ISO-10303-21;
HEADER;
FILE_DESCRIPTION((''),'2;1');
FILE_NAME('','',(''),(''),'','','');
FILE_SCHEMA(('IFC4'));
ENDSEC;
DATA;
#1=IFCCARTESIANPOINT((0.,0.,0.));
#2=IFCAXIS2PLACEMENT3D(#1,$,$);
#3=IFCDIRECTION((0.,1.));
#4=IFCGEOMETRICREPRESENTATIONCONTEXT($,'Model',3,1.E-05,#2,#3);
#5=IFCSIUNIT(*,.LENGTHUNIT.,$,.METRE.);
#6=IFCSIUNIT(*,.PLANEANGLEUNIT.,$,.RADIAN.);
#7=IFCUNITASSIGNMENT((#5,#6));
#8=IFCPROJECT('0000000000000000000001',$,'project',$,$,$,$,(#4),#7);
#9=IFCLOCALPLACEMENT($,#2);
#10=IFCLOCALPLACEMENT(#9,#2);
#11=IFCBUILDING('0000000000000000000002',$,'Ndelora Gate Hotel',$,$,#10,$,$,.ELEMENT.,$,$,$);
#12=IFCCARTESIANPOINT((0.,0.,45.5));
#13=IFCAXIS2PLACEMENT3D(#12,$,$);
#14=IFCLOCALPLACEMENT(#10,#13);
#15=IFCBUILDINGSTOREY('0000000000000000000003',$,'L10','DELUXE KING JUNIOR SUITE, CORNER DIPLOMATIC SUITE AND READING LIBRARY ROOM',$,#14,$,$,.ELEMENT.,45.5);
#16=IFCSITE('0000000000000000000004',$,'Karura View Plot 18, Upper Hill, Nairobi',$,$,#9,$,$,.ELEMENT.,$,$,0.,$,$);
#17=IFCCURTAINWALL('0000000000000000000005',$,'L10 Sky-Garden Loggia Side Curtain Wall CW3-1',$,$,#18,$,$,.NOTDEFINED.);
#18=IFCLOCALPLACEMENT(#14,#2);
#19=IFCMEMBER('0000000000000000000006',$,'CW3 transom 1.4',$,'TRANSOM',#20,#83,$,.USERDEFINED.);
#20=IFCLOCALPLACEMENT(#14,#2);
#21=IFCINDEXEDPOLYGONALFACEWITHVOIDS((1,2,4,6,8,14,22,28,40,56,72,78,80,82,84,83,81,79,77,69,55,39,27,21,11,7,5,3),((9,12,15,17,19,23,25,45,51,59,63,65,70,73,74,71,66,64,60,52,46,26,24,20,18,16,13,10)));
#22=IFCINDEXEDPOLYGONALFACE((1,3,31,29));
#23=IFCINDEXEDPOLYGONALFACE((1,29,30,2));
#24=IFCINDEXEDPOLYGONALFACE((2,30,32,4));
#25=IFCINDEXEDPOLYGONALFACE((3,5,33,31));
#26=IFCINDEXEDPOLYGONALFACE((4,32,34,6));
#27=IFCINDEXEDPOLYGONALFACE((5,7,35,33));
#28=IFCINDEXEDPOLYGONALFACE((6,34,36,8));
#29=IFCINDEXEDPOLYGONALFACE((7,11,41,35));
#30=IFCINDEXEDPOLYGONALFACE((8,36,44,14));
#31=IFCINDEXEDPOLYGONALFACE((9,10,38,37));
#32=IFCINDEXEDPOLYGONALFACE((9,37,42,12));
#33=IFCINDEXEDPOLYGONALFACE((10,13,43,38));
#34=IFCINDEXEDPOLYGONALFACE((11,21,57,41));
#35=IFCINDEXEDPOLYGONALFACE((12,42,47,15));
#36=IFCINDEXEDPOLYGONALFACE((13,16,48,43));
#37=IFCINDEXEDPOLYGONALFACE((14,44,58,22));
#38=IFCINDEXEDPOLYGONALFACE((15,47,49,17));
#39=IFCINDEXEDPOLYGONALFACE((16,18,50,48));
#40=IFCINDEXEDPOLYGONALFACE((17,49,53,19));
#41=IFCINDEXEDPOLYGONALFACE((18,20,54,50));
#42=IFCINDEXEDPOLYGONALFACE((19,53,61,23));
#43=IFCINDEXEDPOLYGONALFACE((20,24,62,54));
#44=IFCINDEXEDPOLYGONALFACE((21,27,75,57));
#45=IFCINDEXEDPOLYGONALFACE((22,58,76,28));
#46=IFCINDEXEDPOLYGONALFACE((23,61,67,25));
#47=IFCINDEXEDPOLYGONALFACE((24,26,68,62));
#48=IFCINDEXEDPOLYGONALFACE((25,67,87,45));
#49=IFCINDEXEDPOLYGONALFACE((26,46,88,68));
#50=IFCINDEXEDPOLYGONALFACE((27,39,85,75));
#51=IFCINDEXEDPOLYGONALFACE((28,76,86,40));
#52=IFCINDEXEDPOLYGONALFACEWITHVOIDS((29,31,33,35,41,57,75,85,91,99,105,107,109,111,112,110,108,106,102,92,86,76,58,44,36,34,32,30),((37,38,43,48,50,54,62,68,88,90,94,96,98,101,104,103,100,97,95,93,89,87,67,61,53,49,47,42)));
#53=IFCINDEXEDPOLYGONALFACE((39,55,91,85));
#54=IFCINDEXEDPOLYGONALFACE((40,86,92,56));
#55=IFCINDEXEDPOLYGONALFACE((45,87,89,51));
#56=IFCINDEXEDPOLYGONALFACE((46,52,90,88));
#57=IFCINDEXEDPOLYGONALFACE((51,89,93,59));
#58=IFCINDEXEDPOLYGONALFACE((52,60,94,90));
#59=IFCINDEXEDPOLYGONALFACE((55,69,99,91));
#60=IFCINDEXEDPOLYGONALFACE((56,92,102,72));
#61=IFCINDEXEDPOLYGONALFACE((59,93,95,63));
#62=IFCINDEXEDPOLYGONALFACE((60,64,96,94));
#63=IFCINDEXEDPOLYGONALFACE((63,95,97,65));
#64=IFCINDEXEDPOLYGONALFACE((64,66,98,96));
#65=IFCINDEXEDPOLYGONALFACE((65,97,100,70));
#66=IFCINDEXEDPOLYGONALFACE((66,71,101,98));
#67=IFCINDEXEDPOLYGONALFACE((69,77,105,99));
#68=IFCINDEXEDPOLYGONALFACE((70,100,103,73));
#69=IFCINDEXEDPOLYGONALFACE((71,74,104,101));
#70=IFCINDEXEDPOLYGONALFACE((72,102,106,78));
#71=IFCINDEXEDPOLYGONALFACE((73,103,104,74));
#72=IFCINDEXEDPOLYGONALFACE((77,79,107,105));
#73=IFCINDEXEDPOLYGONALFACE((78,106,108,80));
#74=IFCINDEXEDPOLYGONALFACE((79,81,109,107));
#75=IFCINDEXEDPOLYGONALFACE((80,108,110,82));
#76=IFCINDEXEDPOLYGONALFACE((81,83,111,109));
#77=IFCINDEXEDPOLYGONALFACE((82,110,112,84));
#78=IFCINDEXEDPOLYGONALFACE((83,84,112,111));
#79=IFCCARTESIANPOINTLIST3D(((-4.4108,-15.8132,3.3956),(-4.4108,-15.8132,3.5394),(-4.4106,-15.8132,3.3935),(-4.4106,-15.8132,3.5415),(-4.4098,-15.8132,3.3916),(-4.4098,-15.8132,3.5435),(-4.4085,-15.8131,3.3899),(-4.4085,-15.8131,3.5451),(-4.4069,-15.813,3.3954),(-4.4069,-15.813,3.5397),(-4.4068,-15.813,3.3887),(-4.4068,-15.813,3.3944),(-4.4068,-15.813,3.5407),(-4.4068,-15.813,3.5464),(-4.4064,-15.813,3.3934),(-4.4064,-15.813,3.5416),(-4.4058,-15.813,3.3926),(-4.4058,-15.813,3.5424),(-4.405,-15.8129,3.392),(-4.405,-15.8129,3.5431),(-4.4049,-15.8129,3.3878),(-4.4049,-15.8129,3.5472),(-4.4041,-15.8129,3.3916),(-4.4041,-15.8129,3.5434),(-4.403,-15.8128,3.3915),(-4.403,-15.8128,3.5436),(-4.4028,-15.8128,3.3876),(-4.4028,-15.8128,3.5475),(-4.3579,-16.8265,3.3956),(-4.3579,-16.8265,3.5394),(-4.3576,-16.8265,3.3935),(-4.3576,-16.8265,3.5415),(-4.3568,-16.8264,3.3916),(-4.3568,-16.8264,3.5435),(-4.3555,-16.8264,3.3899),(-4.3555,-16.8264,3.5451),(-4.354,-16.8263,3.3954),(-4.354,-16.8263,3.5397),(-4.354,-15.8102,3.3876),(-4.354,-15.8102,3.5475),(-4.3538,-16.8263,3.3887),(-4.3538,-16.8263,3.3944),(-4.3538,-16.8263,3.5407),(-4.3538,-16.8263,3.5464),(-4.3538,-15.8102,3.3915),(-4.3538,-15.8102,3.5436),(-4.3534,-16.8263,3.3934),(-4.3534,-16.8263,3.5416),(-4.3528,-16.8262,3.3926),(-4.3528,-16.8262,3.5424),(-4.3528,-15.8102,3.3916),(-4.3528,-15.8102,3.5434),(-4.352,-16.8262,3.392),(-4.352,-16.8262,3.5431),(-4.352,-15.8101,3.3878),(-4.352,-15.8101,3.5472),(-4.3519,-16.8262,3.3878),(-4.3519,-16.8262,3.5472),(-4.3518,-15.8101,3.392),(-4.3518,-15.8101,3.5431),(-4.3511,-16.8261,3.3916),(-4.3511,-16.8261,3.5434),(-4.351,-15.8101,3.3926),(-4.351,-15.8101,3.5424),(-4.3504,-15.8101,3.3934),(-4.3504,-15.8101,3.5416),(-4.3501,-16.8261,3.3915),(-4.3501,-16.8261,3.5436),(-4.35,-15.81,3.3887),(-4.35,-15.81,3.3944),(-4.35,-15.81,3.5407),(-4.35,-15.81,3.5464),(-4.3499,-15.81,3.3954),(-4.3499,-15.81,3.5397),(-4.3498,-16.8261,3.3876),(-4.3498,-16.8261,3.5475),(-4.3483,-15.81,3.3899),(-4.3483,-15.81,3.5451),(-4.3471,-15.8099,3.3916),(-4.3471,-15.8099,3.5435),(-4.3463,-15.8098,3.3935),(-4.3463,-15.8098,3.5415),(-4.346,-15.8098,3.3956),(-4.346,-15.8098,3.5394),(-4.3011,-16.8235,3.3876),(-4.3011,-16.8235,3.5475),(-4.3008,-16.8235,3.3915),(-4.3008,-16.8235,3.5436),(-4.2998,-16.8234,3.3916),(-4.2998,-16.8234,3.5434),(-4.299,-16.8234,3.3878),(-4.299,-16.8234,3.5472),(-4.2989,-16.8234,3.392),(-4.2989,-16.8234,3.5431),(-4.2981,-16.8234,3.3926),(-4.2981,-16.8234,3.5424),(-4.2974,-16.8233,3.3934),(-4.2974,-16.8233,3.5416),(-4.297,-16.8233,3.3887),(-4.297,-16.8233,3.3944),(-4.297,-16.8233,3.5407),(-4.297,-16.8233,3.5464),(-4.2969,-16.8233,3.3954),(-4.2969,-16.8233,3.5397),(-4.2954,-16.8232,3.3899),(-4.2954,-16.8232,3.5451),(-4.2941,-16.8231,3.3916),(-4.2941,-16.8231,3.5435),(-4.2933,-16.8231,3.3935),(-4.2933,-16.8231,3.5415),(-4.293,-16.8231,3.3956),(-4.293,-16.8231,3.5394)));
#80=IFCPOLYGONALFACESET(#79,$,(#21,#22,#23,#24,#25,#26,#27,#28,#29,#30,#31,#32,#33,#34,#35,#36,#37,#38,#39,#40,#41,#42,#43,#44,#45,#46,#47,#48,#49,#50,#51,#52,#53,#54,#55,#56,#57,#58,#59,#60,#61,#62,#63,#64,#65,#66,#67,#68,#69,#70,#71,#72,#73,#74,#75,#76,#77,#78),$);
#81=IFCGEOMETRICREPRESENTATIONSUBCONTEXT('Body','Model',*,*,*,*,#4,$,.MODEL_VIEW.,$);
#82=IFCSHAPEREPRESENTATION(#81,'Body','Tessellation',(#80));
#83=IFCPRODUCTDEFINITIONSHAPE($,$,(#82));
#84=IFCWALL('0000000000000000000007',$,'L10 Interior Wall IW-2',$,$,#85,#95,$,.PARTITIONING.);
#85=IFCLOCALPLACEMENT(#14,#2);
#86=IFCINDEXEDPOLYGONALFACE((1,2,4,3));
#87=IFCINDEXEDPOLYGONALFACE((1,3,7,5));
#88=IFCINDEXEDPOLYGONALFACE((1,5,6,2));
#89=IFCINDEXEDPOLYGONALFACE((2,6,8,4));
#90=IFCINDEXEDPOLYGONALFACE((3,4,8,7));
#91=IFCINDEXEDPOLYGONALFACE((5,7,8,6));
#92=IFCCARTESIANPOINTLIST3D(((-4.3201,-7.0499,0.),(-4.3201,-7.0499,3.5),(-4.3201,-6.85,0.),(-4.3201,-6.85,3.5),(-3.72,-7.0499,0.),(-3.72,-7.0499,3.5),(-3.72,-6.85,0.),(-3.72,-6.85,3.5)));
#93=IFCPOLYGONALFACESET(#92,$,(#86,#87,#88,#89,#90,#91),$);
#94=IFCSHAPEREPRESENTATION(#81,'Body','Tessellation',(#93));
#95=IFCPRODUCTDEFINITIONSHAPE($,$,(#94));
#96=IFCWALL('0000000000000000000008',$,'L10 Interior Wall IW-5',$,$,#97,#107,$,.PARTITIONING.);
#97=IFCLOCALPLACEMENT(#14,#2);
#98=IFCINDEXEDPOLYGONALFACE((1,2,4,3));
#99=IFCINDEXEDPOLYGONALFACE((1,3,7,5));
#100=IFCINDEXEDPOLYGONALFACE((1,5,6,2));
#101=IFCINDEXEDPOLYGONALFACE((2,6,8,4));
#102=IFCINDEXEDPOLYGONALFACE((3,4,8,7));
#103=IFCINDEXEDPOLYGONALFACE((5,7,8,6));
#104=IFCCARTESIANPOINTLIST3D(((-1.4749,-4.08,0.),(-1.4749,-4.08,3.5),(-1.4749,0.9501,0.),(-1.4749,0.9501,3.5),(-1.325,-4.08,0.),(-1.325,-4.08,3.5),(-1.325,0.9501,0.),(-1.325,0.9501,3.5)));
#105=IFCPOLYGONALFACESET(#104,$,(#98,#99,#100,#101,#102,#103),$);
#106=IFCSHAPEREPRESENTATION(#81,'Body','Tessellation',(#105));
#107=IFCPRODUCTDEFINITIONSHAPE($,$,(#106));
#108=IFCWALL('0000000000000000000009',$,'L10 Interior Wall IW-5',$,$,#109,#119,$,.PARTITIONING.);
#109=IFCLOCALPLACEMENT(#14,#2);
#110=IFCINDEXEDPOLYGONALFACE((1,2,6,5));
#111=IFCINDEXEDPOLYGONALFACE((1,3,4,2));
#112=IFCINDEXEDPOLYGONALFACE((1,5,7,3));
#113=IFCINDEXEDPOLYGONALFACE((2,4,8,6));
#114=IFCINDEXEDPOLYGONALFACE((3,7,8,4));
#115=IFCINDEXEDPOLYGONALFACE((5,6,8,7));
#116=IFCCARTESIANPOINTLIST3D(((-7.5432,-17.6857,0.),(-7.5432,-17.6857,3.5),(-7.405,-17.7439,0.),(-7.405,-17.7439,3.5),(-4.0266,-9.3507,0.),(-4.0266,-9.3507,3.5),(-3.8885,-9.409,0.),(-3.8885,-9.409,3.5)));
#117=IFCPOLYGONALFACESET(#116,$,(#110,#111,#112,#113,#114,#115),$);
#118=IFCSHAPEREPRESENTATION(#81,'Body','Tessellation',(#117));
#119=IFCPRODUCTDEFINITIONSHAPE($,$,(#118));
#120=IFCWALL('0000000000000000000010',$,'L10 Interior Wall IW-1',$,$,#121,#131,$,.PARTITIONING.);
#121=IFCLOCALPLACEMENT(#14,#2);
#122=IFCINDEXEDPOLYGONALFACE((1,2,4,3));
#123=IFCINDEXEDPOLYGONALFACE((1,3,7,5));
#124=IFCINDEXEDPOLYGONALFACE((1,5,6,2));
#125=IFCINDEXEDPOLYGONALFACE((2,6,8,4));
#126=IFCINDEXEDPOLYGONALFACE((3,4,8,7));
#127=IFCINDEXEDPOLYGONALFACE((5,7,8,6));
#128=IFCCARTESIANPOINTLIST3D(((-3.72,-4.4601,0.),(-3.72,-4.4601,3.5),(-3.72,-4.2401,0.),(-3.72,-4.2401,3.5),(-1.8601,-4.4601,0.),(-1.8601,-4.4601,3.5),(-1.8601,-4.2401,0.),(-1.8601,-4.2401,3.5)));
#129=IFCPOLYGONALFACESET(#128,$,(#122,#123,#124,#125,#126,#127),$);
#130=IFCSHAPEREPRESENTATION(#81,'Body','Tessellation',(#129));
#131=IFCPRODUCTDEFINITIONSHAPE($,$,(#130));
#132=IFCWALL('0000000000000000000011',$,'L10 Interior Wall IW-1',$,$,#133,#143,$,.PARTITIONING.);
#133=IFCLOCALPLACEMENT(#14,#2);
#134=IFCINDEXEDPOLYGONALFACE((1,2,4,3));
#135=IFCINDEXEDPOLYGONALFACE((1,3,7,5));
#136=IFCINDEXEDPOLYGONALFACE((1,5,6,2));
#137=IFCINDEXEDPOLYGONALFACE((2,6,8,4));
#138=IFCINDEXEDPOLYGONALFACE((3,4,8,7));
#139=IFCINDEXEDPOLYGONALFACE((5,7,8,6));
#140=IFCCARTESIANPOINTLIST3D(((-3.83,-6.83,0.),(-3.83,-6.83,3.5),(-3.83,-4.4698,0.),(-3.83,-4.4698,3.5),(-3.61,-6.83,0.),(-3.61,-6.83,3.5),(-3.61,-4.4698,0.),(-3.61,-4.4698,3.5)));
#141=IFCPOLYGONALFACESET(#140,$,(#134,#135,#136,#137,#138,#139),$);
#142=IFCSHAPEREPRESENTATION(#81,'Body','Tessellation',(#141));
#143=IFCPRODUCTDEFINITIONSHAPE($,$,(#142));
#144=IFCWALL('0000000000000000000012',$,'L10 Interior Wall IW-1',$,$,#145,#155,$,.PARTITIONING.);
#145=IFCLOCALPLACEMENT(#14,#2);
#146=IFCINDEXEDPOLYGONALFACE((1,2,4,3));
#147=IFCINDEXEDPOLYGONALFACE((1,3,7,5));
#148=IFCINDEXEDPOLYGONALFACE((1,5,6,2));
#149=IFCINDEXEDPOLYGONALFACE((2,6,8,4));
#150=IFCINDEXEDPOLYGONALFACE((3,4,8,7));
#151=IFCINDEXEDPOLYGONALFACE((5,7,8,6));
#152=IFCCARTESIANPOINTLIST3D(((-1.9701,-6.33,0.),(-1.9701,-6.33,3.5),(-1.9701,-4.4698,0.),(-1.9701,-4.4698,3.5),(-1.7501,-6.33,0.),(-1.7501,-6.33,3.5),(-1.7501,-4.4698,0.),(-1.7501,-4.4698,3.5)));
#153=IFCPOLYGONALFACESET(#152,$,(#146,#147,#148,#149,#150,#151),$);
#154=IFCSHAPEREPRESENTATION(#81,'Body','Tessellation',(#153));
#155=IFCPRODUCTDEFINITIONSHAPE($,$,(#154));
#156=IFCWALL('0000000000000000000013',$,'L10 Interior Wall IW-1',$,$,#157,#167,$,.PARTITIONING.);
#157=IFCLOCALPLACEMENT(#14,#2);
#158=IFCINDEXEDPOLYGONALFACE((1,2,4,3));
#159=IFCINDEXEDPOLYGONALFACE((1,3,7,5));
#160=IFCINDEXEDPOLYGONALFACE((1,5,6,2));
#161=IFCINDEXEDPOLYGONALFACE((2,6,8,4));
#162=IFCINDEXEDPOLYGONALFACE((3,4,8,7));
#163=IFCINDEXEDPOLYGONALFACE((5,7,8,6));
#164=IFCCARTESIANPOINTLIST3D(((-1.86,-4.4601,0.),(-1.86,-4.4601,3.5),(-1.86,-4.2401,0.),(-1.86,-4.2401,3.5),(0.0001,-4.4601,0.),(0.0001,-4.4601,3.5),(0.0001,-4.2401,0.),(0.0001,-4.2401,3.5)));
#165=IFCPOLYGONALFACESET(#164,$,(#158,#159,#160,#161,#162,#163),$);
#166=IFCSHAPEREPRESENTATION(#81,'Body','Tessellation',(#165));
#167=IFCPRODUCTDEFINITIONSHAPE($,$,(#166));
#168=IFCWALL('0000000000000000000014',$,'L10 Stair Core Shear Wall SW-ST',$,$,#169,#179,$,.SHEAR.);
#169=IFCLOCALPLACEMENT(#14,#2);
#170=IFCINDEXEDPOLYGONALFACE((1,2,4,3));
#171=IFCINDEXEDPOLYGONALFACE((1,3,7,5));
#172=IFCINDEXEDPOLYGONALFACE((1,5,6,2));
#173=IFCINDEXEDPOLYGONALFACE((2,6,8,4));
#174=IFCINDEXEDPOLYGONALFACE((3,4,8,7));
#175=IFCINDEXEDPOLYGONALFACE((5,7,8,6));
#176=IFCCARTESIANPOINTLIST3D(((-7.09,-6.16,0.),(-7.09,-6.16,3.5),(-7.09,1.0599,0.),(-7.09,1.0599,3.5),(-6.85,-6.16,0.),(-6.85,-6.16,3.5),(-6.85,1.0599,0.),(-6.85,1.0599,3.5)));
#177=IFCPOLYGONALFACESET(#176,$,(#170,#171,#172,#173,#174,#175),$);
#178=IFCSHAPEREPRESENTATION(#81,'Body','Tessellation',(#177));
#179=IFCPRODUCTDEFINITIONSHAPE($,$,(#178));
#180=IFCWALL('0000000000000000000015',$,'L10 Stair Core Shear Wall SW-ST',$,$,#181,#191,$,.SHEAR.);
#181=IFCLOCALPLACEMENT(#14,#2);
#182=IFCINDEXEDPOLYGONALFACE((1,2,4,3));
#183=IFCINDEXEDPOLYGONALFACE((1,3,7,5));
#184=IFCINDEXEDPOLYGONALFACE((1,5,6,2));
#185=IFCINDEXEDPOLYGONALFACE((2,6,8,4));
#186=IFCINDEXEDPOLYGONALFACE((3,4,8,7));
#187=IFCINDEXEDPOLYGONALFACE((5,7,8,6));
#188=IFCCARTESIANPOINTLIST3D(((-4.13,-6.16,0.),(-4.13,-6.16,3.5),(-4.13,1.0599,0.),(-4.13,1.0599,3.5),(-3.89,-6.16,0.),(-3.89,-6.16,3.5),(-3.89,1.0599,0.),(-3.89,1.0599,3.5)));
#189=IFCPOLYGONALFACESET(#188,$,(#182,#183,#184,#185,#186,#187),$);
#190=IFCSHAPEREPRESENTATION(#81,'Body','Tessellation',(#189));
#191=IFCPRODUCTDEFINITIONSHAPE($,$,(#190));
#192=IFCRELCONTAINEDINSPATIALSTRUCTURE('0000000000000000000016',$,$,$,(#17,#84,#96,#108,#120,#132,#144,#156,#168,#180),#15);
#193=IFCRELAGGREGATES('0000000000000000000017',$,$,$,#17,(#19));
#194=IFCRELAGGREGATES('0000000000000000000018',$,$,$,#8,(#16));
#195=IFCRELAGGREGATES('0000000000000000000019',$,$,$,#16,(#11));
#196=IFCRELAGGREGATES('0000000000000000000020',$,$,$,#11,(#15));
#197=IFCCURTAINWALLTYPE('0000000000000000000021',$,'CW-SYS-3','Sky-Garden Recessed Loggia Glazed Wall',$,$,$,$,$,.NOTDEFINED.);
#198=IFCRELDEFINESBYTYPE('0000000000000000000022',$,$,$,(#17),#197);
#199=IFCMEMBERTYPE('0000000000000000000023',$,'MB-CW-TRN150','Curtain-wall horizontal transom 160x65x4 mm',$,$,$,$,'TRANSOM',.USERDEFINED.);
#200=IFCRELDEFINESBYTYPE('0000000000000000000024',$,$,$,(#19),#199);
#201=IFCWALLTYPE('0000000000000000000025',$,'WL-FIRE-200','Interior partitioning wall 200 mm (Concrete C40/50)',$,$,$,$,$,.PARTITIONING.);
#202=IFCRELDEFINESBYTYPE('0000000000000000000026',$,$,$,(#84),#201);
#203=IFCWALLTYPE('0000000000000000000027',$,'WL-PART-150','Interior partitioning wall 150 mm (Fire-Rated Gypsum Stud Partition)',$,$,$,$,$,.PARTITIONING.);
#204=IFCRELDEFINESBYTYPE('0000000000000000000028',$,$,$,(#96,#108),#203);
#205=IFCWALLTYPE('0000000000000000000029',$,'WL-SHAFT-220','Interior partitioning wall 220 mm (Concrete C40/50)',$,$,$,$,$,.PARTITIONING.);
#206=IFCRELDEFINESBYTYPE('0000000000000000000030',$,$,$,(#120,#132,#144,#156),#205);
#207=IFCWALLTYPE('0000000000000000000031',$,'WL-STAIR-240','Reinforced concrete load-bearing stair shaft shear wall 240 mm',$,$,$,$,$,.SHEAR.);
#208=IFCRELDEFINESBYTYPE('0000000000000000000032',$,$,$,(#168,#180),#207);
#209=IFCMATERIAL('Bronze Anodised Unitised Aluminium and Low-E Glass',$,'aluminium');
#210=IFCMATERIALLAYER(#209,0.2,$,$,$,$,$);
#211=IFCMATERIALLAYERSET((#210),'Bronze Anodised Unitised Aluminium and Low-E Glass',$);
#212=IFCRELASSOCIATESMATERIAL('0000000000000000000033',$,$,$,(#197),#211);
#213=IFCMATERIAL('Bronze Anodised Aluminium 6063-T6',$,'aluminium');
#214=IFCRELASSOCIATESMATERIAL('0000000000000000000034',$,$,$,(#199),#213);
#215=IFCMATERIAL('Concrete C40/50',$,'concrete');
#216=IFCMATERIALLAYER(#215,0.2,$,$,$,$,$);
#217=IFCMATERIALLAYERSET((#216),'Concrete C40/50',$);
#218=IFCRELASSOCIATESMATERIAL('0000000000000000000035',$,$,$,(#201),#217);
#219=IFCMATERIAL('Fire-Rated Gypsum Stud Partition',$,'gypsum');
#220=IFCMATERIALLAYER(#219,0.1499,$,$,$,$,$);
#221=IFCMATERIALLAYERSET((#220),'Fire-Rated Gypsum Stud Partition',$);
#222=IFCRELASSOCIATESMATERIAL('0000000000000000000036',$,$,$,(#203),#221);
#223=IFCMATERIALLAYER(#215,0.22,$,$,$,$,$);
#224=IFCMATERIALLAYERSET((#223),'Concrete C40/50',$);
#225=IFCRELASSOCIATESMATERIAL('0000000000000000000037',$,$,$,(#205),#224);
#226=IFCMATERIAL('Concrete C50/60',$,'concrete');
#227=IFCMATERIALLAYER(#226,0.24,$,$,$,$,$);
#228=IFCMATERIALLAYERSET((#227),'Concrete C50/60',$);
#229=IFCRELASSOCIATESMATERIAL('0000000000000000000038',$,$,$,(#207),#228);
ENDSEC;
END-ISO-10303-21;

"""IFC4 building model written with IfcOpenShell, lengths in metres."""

from ifc_helpers import new_model, si_unit, direction, frame, frame_2d, origin, origin_2d, place, context, subcontext, project, spatial, rectangle, hollow_rectangle, extrude, material, layer, layer_set, material_profile, profile_set, type_object, element, aggregate, save


model = new_model("IFC4")

# Units and contexts
model_context = context("Model", 3, precision=1e-05, world=origin(), true_north=direction((0.0, 1.0)))
body_context = subcontext(model_context, "Body", "Model", "MODEL_VIEW")
ifc_project = project(units=[si_unit("LENGTHUNIT", "METRE"), si_unit("PLANEANGLEUNIT", "RADIAN")], contexts=[model_context])

# Site, building, storey
site_placement = place(None, origin())
site = spatial("IfcSite", under=ifc_project, at=site_placement, Name="Karura View Plot 18, Upper Hill, Nairobi", CompositionType="ELEMENT", RefElevation=0.0)
building_placement = place(site_placement, origin())
building = spatial("IfcBuilding", under=site, at=building_placement, Name="Ndelora Gate Hotel", CompositionType="ELEMENT")
storey_placement = place(building_placement, frame((0.0, 0.0, 45.5)))
storey = spatial("IfcBuildingStorey", under=building, at=storey_placement, Name="L10", Description="DELUXE KING JUNIOR SUITE, CORNER DIPLOMATIC SUITE AND READING LIBRARY ROOM", CompositionType="ELEMENT", Elevation=45.5)

# Curtain wall, member
ifc_material_1 = material(Name="Bronze Anodised Unitised Aluminium and Low-E Glass", Category="aluminium")
ifc_layer_1 = layer(ifc_material_1, 0.2)
ifc_layer_set_1 = layer_set([ifc_layer_1], Name="Bronze Anodised Unitised Aluminium and Low-E Glass")
curtain_wall_type = type_object("IfcCurtainWallType", Name="CW-SYS-3", Description="Sky-Garden Recessed Loggia Glazed Wall", PredefinedType="NOTDEFINED", material=ifc_layer_set_1)
curtain_wall_placement = place(storey_placement, origin())
curtain_wall = element("IfcCurtainWall", 1, at=curtain_wall_placement, inside=storey, type_object=curtain_wall_type, Name="L10 Sky-Garden Loggia Side Curtain Wall CW3-1", PredefinedType="NOTDEFINED")
ifc_material_2 = material(Name="Bronze Anodised Aluminium 6063-T6", Category="aluminium")
ifc_material_profile_1 = material_profile(ifc_material_2, hollow_rectangle(XDim=0.0649, YDim=0.1599, WallThickness=0.0039, InnerFilletRadius=0.0039, OuterFilletRadius=0.0081, at=origin_2d()), Name="ALU 160x65x4")
ifc_profile_set_1 = profile_set([ifc_material_profile_1], Name="Bronze Anodised Aluminium 6063-T6")
member_type_1 = type_object("IfcMemberType", Name="MB-CW-TRN150", Description="Curtain-wall horizontal transom 160x65x4 mm", ElementType="TRANSOM", PredefinedType="USERDEFINED", material=ifc_profile_set_1)
member_1_placement = place(storey_placement, frame((-4.3784, -15.8115, 3.4675), z_axis=(0.052218, -0.998636, 0.0), x_axis=(0.998636, 0.052218, 0.0)))
member_1 = element("IfcMember", 2, at=member_1_placement, type_object=member_type_1, Name="CW3 transom 1.4", ObjectType="TRANSOM", PredefinedType="USERDEFINED", context=body_context, shape_type="SweptSolid", body=[
    extrude(hollow_rectangle(XDim=0.0649, YDim=0.1599, WallThickness=0.0039, InnerFilletRadius=0.0039, OuterFilletRadius=0.0081, at=origin_2d()), origin(), (0.0, 0.0, 1.0), 1.0146),
])
aggregate(curtain_wall, [member_1])

# Walls
ifc_material_3 = material(Name="Concrete C40/50", Category="concrete")
ifc_layer_2 = layer(ifc_material_3, 0.2)
ifc_layer_set_2 = layer_set([ifc_layer_2], Name="Concrete C40/50")
wall_type_1 = type_object("IfcWallType", Name="WL-FIRE-200", Description="Interior partitioning wall 200 mm (Concrete C40/50)", PredefinedType="PARTITIONING", material=ifc_layer_set_2)
wall_1_placement = place(storey_placement, frame((-4.3201, -6.95, 0.0), z_axis=(0.0, 0.0, 1.0), x_axis=(1.0, 0.0, 0.0)))
element("IfcWall", 3, at=wall_1_placement, inside=storey, type_object=wall_type_1, Name="L10 Interior Wall IW-2", PredefinedType="PARTITIONING", context=body_context, shape_type="SweptSolid", body=[
    extrude(rectangle(XDim=0.6001, YDim=0.2, at=frame_2d((0.3, 0.0))), origin(), (0.0, 0.0, 1.0), 3.5),
])
ifc_material_4 = material(Name="Fire-Rated Gypsum Stud Partition", Category="gypsum")
ifc_layer_3 = layer(ifc_material_4, 0.1499)
ifc_layer_set_3 = layer_set([ifc_layer_3], Name="Fire-Rated Gypsum Stud Partition")
wall_type_2 = type_object("IfcWallType", Name="WL-PART-150", Description="Interior partitioning wall 150 mm (Fire-Rated Gypsum Stud Partition)", PredefinedType="PARTITIONING", material=ifc_layer_set_3)
wall_2_placement = place(storey_placement, frame((-1.3999, -4.0801, 0.0), z_axis=(0.0, 0.0, 1.0), x_axis=(0.0, 1.0, 0.0)))
element("IfcWall", 4, at=wall_2_placement, inside=storey, type_object=wall_type_2, Name="L10 Interior Wall IW-5", PredefinedType="PARTITIONING", context=body_context, shape_type="SweptSolid", body=[
    extrude(rectangle(XDim=5.03, YDim=0.1499, at=frame_2d((2.5151, 0.0))), origin(), (0.0, 0.0, 1.0), 3.5),
])
wall_3_placement = place(storey_placement, frame((-3.9575, -9.3799, 0.0), z_axis=(0.0, 0.0, 1.0), x_axis=(-0.388728, -0.921353, 0.0)))
element("IfcWall", 5, at=wall_3_placement, inside=storey, type_object=wall_type_2, Name="L10 Interior Wall IW-5", PredefinedType="PARTITIONING", context=body_context, shape_type="SweptSolid", body=[
    extrude(rectangle(XDim=9.0464, YDim=0.1499, at=frame_2d((4.5232, 0.0))), origin(), (0.0, 0.0, 1.0), 3.5),
])

# Shared definitions
ifc_layer_4 = layer(ifc_material_3, 0.22)
ifc_layer_set_4 = layer_set([ifc_layer_4], Name="Concrete C40/50")
wall_type_3 = type_object("IfcWallType", Name="WL-SHAFT-220", Description="Interior partitioning wall 220 mm (Concrete C40/50)", PredefinedType="PARTITIONING", material=ifc_layer_set_4)

# Walls
wall_4_placement = place(storey_placement, frame((-3.72, -4.3501, 0.0), z_axis=(0.0, 0.0, 1.0), x_axis=(1.0, 0.0, 0.0)))
element("IfcWall", 6, at=wall_4_placement, inside=storey, type_object=wall_type_3, Name="L10 Interior Wall IW-1", PredefinedType="PARTITIONING", context=body_context, shape_type="SweptSolid", body=[
    extrude(rectangle(XDim=1.8599, YDim=0.22, at=frame_2d((0.9299, 0.0))), origin(), (0.0, 0.0, 1.0), 3.5),
])
wall_5_placement = place(storey_placement, frame((-3.72, -6.8301, 0.0), z_axis=(0.0, 0.0, 1.0), x_axis=(0.0, 1.0, 0.0)))
element("IfcWall", 7, at=wall_5_placement, inside=storey, type_object=wall_type_3, Name="L10 Interior Wall IW-1", PredefinedType="PARTITIONING", context=body_context, shape_type="SweptSolid", body=[
    extrude(rectangle(XDim=2.3601, YDim=0.22, at=frame_2d((1.1802, 0.0))), origin(), (0.0, 0.0, 1.0), 3.5),
])
wall_6_placement = place(storey_placement, frame((-1.8601, -6.3301, 0.0), z_axis=(0.0, 0.0, 1.0), x_axis=(0.0, 1.0, 0.0)))
element("IfcWall", 8, at=wall_6_placement, inside=storey, type_object=wall_type_3, Name="L10 Interior Wall IW-1", PredefinedType="PARTITIONING", context=body_context, shape_type="SweptSolid", body=[
    extrude(rectangle(XDim=1.8601, YDim=0.22, at=frame_2d((0.9302, 0.0))), origin(), (0.0, 0.0, 1.0), 3.5),
])

# Walls
wall_7_placement = place(storey_placement, frame((-1.8601, -4.3501, 0.0), z_axis=(0.0, 0.0, 1.0), x_axis=(1.0, 0.0, 0.0)))
element("IfcWall", 9, at=wall_7_placement, inside=storey, type_object=wall_type_3, Name="L10 Interior Wall IW-1", PredefinedType="PARTITIONING", context=body_context, shape_type="SweptSolid", body=[
    extrude(rectangle(XDim=1.8601, YDim=0.22, at=frame_2d((0.9302, 0.0))), origin(), (0.0, 0.0, 1.0), 3.5),
])
ifc_material_5 = material(Name="Concrete C50/60", Category="concrete")
ifc_layer_5 = layer(ifc_material_5, 0.24)
ifc_layer_set_5 = layer_set([ifc_layer_5], Name="Concrete C50/60")
wall_type_4 = type_object("IfcWallType", Name="WL-STAIR-240", Description="Reinforced concrete load-bearing stair shaft shear wall 240 mm", PredefinedType="SHEAR", material=ifc_layer_set_5)
for number, where, z_axis, x_axis, name in (
    (10, (-6.97, -6.1599, 0.0), (0.0, 0.0, 1.0), (0.0, 1.0, 0.0), "L10 Stair Core Shear Wall SW-ST"),
    (11, (-4.01, -6.1599, 0.0), (0.0, 0.0, 1.0), (0.0, 1.0, 0.0), "L10 Stair Core Shear Wall SW-ST"),
):
    element("IfcWall", number, at=place(storey_placement, frame(where, z_axis=z_axis, x_axis=x_axis)), inside=storey, type_object=wall_type_4, Name=name, PredefinedType="SHEAR", context=body_context, shape_type="SweptSolid", body=[
        extrude(rectangle(XDim=7.22, YDim=0.24, at=frame_2d((3.6099, 0.0))), origin(), (0.0, 0.0, 1.0), 3.5),
    ])

save(model, "model.ifc")
